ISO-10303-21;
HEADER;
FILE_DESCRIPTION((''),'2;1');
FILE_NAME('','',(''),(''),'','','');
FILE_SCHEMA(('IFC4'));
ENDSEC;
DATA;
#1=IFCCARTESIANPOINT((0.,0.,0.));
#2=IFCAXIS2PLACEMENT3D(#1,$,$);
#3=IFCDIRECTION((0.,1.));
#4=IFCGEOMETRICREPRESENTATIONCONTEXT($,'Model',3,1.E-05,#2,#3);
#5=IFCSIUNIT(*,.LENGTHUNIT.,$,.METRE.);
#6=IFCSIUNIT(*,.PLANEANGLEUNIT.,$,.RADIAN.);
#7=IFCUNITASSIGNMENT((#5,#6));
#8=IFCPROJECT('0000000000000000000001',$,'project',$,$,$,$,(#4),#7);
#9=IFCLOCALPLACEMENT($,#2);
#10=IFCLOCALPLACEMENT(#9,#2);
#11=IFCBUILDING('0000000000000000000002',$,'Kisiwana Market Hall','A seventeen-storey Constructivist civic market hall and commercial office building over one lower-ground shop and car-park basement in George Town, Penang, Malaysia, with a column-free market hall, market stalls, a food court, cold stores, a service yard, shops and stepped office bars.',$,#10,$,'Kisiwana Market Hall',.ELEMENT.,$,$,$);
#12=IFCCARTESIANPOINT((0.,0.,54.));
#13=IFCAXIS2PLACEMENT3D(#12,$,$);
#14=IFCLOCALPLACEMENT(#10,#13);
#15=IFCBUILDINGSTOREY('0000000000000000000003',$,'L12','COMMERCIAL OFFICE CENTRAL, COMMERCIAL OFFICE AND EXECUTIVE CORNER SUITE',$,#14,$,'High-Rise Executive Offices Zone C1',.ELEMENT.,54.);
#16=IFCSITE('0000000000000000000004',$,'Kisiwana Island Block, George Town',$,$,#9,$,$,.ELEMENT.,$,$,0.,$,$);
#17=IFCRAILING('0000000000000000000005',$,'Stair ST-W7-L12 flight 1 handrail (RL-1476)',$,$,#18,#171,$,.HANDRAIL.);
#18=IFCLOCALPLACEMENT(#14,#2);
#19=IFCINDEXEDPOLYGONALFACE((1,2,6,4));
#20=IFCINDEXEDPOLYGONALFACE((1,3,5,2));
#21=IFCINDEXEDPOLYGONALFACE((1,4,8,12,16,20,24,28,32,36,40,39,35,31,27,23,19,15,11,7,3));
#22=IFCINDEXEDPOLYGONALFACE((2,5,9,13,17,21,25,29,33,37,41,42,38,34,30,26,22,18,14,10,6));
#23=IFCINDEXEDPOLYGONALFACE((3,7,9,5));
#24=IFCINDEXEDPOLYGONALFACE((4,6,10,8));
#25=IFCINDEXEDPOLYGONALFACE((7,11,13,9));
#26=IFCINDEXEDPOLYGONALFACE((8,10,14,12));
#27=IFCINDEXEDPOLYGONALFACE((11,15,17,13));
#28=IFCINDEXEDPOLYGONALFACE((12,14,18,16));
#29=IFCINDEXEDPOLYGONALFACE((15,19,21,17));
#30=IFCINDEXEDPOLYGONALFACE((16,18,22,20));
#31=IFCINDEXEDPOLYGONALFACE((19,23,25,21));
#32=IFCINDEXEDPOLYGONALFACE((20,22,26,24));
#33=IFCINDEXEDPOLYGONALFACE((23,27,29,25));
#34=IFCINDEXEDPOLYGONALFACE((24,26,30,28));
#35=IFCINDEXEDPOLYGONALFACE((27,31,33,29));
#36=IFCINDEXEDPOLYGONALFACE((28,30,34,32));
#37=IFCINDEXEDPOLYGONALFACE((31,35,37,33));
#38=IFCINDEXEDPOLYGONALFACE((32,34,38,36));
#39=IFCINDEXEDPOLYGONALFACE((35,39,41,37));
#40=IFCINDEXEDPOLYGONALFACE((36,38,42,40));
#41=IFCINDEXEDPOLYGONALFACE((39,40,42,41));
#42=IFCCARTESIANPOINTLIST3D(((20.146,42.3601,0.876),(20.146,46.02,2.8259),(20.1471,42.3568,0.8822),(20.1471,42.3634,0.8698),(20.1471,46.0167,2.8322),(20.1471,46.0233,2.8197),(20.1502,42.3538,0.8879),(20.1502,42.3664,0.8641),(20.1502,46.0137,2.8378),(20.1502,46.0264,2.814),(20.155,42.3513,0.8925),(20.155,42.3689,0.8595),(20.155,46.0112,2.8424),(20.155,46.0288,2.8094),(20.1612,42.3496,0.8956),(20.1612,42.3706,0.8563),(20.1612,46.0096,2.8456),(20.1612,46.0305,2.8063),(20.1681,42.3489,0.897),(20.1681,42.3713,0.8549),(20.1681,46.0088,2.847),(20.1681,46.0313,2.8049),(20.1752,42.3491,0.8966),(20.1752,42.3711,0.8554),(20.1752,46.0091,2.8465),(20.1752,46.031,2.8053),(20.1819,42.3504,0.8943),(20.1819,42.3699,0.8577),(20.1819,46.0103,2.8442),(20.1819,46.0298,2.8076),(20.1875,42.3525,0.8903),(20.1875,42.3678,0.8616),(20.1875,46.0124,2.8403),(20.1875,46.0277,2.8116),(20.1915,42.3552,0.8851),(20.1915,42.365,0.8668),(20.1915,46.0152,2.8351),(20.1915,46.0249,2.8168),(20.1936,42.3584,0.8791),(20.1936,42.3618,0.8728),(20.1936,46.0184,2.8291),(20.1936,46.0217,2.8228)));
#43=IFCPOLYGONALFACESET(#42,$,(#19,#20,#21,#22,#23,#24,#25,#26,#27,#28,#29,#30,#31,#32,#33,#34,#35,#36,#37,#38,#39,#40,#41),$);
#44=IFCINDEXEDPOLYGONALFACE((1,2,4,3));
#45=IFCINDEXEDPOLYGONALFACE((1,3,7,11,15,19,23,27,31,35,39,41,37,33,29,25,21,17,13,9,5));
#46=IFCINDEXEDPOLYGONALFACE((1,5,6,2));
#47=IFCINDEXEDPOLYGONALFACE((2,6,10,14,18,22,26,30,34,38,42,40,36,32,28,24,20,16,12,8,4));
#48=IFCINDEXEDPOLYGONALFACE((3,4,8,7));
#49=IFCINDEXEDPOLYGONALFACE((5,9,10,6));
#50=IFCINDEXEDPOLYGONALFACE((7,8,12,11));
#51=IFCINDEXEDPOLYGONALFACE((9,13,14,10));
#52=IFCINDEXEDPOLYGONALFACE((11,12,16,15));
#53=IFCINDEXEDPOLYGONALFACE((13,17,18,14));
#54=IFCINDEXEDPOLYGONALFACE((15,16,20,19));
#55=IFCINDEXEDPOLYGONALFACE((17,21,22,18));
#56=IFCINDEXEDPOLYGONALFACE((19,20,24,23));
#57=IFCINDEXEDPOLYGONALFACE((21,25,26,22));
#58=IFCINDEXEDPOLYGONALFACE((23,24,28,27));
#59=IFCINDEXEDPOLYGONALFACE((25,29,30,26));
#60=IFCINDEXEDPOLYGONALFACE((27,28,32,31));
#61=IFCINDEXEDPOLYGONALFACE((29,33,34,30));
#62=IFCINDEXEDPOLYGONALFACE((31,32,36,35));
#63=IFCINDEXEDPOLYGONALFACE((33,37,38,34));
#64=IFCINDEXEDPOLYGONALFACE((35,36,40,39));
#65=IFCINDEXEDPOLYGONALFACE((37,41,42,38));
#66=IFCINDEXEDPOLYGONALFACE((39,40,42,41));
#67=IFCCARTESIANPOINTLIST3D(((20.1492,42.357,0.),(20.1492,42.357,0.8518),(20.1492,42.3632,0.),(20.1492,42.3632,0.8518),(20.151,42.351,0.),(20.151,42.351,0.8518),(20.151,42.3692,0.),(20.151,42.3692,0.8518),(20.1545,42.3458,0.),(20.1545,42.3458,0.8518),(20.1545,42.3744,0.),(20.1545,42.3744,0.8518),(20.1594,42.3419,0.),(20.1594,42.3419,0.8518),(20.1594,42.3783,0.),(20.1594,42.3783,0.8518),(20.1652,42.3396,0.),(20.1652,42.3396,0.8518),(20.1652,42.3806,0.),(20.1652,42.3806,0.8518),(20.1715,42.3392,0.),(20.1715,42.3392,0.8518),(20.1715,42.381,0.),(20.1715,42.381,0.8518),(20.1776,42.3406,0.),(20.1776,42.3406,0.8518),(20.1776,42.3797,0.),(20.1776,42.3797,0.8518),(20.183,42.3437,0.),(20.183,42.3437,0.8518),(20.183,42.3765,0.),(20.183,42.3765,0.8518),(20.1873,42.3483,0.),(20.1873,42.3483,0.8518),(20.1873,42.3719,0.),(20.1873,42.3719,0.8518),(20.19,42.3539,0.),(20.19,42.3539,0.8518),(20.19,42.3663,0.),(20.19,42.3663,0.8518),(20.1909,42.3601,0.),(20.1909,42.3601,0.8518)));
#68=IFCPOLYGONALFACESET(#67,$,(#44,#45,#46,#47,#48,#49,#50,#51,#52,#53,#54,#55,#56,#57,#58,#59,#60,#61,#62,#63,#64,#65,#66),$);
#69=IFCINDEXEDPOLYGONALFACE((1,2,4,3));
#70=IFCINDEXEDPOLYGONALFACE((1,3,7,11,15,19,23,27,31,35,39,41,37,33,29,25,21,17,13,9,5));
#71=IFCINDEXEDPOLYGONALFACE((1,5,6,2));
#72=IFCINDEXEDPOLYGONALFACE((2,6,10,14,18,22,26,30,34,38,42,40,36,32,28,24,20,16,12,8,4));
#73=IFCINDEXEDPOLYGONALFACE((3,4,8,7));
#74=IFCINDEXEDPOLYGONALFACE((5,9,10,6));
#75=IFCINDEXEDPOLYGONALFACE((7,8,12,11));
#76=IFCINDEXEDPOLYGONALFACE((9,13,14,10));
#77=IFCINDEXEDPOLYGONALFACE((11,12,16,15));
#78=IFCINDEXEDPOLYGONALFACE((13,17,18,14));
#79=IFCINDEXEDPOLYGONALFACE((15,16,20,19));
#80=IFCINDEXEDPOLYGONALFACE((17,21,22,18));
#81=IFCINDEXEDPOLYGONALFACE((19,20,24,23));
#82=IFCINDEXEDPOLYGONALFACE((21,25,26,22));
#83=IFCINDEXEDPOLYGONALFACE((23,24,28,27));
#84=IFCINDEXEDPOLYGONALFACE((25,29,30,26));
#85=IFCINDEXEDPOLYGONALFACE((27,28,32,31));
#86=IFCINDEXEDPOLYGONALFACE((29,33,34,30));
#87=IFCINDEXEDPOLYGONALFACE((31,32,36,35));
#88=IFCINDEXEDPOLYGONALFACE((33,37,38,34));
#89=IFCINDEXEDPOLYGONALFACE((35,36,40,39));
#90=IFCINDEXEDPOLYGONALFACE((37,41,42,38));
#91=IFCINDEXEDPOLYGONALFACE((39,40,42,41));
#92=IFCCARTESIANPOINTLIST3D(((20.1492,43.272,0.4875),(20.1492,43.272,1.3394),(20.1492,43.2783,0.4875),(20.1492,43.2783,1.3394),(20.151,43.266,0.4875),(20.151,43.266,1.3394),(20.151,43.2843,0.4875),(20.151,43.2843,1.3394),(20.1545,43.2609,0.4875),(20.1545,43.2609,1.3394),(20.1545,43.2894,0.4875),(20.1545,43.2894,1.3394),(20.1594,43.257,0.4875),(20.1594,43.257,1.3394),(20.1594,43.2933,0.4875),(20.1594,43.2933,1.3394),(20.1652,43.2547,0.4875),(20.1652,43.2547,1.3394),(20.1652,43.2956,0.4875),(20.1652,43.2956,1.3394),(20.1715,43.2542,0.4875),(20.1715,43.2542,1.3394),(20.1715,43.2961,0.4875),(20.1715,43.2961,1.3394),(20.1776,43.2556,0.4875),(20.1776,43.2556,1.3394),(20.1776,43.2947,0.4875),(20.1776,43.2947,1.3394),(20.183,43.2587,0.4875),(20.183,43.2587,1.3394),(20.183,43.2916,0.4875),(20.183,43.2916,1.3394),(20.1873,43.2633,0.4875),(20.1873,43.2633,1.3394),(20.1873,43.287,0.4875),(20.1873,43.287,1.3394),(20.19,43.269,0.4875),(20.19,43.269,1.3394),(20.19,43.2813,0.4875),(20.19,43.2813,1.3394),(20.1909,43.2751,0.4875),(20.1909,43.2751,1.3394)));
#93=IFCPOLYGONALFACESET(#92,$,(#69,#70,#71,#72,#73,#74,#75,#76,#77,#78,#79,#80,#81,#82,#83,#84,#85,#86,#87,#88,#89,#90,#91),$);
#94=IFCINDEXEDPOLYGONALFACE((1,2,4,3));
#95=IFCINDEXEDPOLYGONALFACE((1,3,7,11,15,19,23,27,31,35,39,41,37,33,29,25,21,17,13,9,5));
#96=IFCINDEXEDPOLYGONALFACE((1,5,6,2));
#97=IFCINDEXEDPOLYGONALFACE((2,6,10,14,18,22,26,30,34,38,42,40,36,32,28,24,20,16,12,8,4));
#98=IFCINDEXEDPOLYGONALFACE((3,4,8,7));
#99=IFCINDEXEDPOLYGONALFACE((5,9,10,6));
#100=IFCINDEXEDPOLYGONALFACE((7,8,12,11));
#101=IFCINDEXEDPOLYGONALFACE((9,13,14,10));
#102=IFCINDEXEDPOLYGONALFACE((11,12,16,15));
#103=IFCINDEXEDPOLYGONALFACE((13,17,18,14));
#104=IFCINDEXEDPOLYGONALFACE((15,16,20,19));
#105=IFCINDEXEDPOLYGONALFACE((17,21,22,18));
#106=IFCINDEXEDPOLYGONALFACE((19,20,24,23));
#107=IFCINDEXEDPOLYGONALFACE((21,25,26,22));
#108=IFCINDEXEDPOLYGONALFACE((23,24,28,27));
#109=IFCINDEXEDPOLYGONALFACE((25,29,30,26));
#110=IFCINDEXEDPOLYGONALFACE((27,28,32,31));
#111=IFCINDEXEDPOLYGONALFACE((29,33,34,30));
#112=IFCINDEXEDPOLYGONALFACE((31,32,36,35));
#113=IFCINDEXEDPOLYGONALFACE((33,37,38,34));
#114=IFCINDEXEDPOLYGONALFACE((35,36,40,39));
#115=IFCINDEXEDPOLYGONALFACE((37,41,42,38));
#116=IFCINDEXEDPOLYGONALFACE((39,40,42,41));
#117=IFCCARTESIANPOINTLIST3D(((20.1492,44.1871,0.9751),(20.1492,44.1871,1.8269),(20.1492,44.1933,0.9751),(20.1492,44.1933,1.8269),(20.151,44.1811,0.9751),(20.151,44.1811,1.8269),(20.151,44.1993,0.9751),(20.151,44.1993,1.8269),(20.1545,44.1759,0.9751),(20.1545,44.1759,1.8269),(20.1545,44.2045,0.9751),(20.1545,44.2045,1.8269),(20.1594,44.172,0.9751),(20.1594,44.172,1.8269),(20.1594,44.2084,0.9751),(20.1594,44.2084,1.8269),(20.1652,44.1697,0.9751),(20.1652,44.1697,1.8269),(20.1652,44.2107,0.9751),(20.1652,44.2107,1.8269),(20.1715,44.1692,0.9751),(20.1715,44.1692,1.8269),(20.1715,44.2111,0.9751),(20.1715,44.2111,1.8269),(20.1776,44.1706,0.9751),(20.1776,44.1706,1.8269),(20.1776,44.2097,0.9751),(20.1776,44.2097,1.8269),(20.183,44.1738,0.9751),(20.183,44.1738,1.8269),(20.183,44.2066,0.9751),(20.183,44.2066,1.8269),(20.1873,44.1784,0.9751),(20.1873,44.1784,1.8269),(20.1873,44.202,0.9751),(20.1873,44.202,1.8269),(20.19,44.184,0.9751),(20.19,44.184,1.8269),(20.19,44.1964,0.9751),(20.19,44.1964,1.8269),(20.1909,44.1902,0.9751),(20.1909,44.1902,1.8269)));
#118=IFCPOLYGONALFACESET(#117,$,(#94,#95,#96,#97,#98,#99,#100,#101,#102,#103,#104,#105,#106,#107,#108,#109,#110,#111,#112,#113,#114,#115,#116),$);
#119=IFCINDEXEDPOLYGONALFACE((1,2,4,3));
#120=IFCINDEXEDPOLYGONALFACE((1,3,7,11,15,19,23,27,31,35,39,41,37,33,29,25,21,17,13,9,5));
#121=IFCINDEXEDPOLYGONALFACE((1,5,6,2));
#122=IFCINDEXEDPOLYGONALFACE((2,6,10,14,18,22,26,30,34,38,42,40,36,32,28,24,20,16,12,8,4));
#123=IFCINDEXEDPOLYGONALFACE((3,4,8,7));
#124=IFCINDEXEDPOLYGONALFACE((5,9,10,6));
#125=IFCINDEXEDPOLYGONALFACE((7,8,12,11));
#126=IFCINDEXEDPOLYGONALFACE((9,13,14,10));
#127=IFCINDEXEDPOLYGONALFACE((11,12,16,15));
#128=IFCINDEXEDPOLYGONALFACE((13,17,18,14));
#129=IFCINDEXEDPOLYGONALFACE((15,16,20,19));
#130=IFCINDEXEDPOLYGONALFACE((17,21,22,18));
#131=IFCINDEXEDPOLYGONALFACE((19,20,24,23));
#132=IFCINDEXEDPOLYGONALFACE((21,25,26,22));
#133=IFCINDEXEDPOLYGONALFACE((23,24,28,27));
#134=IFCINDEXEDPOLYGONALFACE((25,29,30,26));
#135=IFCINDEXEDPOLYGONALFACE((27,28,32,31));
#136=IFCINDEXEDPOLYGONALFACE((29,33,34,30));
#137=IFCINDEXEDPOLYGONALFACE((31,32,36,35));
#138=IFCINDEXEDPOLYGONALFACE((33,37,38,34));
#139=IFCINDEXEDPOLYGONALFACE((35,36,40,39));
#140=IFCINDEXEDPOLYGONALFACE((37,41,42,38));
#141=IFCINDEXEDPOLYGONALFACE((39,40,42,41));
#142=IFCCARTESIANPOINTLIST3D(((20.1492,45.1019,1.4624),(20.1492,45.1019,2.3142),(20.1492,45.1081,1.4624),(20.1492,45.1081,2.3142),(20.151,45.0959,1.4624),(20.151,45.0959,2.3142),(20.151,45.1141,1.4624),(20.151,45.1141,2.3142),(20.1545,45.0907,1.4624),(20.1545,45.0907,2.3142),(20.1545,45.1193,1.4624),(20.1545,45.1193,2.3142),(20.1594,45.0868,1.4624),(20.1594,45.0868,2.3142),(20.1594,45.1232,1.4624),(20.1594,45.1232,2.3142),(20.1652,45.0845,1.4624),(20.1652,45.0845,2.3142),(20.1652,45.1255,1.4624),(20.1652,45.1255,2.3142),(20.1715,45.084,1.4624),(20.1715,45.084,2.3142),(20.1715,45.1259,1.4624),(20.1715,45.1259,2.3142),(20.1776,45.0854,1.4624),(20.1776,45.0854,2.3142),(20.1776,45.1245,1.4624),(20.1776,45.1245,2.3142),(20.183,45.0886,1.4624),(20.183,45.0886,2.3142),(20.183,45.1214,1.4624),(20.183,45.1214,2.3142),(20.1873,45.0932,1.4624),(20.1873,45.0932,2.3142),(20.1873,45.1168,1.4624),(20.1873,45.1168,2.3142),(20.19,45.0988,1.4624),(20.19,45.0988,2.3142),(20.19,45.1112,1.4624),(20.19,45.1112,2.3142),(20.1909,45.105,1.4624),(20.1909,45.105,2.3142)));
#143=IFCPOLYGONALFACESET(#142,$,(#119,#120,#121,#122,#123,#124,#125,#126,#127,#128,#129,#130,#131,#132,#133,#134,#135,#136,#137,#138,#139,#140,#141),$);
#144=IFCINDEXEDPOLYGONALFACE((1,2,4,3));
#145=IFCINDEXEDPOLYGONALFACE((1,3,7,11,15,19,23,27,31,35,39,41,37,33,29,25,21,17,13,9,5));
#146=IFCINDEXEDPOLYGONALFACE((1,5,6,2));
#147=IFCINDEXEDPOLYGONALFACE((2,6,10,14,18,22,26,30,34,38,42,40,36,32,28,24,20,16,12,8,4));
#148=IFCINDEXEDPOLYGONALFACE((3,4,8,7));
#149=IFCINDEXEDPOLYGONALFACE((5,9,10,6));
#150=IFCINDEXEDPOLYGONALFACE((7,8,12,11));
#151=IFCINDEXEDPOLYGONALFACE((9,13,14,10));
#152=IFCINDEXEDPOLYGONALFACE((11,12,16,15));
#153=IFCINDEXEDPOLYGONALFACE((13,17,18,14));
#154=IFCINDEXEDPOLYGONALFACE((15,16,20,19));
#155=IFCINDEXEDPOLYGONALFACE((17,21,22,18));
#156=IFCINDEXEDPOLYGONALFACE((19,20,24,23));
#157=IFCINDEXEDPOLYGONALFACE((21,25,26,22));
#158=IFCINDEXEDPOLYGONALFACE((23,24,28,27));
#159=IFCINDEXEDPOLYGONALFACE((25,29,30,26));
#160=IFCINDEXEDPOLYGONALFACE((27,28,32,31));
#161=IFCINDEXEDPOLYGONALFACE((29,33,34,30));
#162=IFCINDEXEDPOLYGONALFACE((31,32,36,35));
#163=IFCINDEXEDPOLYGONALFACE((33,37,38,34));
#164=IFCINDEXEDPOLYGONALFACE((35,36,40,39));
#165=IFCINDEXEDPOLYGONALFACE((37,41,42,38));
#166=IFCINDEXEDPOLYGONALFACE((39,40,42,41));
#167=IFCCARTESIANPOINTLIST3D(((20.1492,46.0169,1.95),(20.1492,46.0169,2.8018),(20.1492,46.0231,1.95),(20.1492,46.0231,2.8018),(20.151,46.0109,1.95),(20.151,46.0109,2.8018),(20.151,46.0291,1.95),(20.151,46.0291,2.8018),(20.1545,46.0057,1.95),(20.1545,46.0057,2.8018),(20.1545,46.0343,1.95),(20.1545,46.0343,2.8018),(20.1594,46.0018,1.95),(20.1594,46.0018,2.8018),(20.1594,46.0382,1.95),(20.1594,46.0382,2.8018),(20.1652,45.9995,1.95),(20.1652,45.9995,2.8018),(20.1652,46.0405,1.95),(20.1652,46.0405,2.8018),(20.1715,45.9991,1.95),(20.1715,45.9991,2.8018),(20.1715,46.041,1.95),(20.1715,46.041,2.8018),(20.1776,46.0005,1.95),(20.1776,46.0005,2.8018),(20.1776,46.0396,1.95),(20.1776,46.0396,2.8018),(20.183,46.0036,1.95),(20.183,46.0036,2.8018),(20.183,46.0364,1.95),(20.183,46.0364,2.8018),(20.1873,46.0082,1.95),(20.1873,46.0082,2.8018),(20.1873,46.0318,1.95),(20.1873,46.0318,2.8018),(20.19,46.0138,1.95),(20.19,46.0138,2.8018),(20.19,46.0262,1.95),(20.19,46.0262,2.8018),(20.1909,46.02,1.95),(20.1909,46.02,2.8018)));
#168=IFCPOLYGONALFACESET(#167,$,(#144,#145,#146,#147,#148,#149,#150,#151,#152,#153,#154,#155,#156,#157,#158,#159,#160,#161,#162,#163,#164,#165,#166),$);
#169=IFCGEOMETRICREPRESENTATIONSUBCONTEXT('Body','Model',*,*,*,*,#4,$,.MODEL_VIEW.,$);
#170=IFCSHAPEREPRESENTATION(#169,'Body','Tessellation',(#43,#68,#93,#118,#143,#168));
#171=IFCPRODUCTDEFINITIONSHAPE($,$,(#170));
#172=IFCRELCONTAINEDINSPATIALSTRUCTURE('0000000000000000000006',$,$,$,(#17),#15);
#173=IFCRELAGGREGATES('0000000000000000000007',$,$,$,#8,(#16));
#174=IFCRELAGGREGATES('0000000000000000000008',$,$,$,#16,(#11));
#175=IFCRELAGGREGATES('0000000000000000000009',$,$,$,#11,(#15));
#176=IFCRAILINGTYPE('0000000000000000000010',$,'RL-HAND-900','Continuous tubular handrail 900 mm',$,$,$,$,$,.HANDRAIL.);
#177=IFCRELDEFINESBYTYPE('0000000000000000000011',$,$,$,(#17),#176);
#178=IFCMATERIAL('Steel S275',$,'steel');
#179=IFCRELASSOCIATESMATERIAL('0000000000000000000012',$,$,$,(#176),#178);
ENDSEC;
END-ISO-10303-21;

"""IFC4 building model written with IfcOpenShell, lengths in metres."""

from ifc_helpers import new_model, si_unit, direction, frame, origin, origin_2d, place, context, subcontext, project, spatial, circle, extrude, material, type_object, element, save


model = new_model("IFC4")

# Units and contexts
model_context = context("Model", 3, precision=1e-05, world=origin(), true_north=direction((0.0, 1.0)))
body_context = subcontext(model_context, "Body", "Model", "MODEL_VIEW")
ifc_project = project(units=[si_unit("LENGTHUNIT", "METRE"), si_unit("PLANEANGLEUNIT", "RADIAN")], contexts=[model_context])

# Site, building, storey
site_placement = place(None, origin())
site = spatial("IfcSite", under=ifc_project, at=site_placement, Name="Kisiwana Island Block, George Town", CompositionType="ELEMENT", RefElevation=0.0)
building_placement = place(site_placement, origin())
building = spatial("IfcBuilding", under=site, at=building_placement, Name="Kisiwana Market Hall", Description="A seventeen-storey Constructivist civic market hall and commercial office building over one lower-ground shop and car-park basement in George Town, Penang, Malaysia, with a column-free market hall, market stalls, a food court, cold stores, a service yard, shops and stepped office bars.", LongName="Kisiwana Market Hall", CompositionType="ELEMENT")
storey_placement = place(building_placement, frame((0.0, 0.0, 54.0)))
storey = spatial("IfcBuildingStorey", under=building, at=storey_placement, Name="L12", Description="COMMERCIAL OFFICE CENTRAL, COMMERCIAL OFFICE AND EXECUTIVE CORNER SUITE", LongName="High-Rise Executive Offices Zone C1", CompositionType="ELEMENT", Elevation=54.0)

# Railing
ifc_material_1 = material(Name="Steel S275", Category="steel")
railing_type_1 = type_object("IfcRailingType", Name="RL-HAND-900", Description="Continuous tubular handrail 900 mm", PredefinedType="HANDRAIL", material=ifc_material_1)
railing_1_placement = place(storey_placement, frame((20.1699, 42.3601, 0.0)))
element("IfcRailing", 1, at=railing_1_placement, inside=storey, type_object=railing_type_1, Name="Stair ST-W7-L12 flight 1 handrail (RL-1476)", PredefinedType="HANDRAIL", context=body_context, shape_type="SweptSolid", body=[
    extrude(circle(Radius=0.0239, at=origin_2d()), frame((0.0, 0.0, 0.876), z_axis=(0.0, 0.882553, 0.470212), x_axis=(-1.0, 0.0, 0.0)), (0.0, 0.0, 1.0), 4.147),
    extrude(circle(Radius=0.021, at=origin_2d()), origin(), (0.0, 0.0, 1.0), 0.8518),
    extrude(circle(Radius=0.021, at=origin_2d()), frame((0.0, 0.915, 0.4875)), (0.0, 0.0, 1.0), 0.8518),
    extrude(circle(Radius=0.021, at=origin_2d()), frame((0.0, 1.8301, 0.9751)), (0.0, 0.0, 1.0), 0.8518),
    extrude(circle(Radius=0.021, at=origin_2d()), frame((0.0, 2.7449, 1.4624)), (0.0, 0.0, 1.0), 0.8518),
    extrude(circle(Radius=0.021, at=origin_2d()), frame((0.0, 3.6599, 1.95)), (0.0, 0.0, 1.0), 0.8518),
])

save(model, "model.ifc")
